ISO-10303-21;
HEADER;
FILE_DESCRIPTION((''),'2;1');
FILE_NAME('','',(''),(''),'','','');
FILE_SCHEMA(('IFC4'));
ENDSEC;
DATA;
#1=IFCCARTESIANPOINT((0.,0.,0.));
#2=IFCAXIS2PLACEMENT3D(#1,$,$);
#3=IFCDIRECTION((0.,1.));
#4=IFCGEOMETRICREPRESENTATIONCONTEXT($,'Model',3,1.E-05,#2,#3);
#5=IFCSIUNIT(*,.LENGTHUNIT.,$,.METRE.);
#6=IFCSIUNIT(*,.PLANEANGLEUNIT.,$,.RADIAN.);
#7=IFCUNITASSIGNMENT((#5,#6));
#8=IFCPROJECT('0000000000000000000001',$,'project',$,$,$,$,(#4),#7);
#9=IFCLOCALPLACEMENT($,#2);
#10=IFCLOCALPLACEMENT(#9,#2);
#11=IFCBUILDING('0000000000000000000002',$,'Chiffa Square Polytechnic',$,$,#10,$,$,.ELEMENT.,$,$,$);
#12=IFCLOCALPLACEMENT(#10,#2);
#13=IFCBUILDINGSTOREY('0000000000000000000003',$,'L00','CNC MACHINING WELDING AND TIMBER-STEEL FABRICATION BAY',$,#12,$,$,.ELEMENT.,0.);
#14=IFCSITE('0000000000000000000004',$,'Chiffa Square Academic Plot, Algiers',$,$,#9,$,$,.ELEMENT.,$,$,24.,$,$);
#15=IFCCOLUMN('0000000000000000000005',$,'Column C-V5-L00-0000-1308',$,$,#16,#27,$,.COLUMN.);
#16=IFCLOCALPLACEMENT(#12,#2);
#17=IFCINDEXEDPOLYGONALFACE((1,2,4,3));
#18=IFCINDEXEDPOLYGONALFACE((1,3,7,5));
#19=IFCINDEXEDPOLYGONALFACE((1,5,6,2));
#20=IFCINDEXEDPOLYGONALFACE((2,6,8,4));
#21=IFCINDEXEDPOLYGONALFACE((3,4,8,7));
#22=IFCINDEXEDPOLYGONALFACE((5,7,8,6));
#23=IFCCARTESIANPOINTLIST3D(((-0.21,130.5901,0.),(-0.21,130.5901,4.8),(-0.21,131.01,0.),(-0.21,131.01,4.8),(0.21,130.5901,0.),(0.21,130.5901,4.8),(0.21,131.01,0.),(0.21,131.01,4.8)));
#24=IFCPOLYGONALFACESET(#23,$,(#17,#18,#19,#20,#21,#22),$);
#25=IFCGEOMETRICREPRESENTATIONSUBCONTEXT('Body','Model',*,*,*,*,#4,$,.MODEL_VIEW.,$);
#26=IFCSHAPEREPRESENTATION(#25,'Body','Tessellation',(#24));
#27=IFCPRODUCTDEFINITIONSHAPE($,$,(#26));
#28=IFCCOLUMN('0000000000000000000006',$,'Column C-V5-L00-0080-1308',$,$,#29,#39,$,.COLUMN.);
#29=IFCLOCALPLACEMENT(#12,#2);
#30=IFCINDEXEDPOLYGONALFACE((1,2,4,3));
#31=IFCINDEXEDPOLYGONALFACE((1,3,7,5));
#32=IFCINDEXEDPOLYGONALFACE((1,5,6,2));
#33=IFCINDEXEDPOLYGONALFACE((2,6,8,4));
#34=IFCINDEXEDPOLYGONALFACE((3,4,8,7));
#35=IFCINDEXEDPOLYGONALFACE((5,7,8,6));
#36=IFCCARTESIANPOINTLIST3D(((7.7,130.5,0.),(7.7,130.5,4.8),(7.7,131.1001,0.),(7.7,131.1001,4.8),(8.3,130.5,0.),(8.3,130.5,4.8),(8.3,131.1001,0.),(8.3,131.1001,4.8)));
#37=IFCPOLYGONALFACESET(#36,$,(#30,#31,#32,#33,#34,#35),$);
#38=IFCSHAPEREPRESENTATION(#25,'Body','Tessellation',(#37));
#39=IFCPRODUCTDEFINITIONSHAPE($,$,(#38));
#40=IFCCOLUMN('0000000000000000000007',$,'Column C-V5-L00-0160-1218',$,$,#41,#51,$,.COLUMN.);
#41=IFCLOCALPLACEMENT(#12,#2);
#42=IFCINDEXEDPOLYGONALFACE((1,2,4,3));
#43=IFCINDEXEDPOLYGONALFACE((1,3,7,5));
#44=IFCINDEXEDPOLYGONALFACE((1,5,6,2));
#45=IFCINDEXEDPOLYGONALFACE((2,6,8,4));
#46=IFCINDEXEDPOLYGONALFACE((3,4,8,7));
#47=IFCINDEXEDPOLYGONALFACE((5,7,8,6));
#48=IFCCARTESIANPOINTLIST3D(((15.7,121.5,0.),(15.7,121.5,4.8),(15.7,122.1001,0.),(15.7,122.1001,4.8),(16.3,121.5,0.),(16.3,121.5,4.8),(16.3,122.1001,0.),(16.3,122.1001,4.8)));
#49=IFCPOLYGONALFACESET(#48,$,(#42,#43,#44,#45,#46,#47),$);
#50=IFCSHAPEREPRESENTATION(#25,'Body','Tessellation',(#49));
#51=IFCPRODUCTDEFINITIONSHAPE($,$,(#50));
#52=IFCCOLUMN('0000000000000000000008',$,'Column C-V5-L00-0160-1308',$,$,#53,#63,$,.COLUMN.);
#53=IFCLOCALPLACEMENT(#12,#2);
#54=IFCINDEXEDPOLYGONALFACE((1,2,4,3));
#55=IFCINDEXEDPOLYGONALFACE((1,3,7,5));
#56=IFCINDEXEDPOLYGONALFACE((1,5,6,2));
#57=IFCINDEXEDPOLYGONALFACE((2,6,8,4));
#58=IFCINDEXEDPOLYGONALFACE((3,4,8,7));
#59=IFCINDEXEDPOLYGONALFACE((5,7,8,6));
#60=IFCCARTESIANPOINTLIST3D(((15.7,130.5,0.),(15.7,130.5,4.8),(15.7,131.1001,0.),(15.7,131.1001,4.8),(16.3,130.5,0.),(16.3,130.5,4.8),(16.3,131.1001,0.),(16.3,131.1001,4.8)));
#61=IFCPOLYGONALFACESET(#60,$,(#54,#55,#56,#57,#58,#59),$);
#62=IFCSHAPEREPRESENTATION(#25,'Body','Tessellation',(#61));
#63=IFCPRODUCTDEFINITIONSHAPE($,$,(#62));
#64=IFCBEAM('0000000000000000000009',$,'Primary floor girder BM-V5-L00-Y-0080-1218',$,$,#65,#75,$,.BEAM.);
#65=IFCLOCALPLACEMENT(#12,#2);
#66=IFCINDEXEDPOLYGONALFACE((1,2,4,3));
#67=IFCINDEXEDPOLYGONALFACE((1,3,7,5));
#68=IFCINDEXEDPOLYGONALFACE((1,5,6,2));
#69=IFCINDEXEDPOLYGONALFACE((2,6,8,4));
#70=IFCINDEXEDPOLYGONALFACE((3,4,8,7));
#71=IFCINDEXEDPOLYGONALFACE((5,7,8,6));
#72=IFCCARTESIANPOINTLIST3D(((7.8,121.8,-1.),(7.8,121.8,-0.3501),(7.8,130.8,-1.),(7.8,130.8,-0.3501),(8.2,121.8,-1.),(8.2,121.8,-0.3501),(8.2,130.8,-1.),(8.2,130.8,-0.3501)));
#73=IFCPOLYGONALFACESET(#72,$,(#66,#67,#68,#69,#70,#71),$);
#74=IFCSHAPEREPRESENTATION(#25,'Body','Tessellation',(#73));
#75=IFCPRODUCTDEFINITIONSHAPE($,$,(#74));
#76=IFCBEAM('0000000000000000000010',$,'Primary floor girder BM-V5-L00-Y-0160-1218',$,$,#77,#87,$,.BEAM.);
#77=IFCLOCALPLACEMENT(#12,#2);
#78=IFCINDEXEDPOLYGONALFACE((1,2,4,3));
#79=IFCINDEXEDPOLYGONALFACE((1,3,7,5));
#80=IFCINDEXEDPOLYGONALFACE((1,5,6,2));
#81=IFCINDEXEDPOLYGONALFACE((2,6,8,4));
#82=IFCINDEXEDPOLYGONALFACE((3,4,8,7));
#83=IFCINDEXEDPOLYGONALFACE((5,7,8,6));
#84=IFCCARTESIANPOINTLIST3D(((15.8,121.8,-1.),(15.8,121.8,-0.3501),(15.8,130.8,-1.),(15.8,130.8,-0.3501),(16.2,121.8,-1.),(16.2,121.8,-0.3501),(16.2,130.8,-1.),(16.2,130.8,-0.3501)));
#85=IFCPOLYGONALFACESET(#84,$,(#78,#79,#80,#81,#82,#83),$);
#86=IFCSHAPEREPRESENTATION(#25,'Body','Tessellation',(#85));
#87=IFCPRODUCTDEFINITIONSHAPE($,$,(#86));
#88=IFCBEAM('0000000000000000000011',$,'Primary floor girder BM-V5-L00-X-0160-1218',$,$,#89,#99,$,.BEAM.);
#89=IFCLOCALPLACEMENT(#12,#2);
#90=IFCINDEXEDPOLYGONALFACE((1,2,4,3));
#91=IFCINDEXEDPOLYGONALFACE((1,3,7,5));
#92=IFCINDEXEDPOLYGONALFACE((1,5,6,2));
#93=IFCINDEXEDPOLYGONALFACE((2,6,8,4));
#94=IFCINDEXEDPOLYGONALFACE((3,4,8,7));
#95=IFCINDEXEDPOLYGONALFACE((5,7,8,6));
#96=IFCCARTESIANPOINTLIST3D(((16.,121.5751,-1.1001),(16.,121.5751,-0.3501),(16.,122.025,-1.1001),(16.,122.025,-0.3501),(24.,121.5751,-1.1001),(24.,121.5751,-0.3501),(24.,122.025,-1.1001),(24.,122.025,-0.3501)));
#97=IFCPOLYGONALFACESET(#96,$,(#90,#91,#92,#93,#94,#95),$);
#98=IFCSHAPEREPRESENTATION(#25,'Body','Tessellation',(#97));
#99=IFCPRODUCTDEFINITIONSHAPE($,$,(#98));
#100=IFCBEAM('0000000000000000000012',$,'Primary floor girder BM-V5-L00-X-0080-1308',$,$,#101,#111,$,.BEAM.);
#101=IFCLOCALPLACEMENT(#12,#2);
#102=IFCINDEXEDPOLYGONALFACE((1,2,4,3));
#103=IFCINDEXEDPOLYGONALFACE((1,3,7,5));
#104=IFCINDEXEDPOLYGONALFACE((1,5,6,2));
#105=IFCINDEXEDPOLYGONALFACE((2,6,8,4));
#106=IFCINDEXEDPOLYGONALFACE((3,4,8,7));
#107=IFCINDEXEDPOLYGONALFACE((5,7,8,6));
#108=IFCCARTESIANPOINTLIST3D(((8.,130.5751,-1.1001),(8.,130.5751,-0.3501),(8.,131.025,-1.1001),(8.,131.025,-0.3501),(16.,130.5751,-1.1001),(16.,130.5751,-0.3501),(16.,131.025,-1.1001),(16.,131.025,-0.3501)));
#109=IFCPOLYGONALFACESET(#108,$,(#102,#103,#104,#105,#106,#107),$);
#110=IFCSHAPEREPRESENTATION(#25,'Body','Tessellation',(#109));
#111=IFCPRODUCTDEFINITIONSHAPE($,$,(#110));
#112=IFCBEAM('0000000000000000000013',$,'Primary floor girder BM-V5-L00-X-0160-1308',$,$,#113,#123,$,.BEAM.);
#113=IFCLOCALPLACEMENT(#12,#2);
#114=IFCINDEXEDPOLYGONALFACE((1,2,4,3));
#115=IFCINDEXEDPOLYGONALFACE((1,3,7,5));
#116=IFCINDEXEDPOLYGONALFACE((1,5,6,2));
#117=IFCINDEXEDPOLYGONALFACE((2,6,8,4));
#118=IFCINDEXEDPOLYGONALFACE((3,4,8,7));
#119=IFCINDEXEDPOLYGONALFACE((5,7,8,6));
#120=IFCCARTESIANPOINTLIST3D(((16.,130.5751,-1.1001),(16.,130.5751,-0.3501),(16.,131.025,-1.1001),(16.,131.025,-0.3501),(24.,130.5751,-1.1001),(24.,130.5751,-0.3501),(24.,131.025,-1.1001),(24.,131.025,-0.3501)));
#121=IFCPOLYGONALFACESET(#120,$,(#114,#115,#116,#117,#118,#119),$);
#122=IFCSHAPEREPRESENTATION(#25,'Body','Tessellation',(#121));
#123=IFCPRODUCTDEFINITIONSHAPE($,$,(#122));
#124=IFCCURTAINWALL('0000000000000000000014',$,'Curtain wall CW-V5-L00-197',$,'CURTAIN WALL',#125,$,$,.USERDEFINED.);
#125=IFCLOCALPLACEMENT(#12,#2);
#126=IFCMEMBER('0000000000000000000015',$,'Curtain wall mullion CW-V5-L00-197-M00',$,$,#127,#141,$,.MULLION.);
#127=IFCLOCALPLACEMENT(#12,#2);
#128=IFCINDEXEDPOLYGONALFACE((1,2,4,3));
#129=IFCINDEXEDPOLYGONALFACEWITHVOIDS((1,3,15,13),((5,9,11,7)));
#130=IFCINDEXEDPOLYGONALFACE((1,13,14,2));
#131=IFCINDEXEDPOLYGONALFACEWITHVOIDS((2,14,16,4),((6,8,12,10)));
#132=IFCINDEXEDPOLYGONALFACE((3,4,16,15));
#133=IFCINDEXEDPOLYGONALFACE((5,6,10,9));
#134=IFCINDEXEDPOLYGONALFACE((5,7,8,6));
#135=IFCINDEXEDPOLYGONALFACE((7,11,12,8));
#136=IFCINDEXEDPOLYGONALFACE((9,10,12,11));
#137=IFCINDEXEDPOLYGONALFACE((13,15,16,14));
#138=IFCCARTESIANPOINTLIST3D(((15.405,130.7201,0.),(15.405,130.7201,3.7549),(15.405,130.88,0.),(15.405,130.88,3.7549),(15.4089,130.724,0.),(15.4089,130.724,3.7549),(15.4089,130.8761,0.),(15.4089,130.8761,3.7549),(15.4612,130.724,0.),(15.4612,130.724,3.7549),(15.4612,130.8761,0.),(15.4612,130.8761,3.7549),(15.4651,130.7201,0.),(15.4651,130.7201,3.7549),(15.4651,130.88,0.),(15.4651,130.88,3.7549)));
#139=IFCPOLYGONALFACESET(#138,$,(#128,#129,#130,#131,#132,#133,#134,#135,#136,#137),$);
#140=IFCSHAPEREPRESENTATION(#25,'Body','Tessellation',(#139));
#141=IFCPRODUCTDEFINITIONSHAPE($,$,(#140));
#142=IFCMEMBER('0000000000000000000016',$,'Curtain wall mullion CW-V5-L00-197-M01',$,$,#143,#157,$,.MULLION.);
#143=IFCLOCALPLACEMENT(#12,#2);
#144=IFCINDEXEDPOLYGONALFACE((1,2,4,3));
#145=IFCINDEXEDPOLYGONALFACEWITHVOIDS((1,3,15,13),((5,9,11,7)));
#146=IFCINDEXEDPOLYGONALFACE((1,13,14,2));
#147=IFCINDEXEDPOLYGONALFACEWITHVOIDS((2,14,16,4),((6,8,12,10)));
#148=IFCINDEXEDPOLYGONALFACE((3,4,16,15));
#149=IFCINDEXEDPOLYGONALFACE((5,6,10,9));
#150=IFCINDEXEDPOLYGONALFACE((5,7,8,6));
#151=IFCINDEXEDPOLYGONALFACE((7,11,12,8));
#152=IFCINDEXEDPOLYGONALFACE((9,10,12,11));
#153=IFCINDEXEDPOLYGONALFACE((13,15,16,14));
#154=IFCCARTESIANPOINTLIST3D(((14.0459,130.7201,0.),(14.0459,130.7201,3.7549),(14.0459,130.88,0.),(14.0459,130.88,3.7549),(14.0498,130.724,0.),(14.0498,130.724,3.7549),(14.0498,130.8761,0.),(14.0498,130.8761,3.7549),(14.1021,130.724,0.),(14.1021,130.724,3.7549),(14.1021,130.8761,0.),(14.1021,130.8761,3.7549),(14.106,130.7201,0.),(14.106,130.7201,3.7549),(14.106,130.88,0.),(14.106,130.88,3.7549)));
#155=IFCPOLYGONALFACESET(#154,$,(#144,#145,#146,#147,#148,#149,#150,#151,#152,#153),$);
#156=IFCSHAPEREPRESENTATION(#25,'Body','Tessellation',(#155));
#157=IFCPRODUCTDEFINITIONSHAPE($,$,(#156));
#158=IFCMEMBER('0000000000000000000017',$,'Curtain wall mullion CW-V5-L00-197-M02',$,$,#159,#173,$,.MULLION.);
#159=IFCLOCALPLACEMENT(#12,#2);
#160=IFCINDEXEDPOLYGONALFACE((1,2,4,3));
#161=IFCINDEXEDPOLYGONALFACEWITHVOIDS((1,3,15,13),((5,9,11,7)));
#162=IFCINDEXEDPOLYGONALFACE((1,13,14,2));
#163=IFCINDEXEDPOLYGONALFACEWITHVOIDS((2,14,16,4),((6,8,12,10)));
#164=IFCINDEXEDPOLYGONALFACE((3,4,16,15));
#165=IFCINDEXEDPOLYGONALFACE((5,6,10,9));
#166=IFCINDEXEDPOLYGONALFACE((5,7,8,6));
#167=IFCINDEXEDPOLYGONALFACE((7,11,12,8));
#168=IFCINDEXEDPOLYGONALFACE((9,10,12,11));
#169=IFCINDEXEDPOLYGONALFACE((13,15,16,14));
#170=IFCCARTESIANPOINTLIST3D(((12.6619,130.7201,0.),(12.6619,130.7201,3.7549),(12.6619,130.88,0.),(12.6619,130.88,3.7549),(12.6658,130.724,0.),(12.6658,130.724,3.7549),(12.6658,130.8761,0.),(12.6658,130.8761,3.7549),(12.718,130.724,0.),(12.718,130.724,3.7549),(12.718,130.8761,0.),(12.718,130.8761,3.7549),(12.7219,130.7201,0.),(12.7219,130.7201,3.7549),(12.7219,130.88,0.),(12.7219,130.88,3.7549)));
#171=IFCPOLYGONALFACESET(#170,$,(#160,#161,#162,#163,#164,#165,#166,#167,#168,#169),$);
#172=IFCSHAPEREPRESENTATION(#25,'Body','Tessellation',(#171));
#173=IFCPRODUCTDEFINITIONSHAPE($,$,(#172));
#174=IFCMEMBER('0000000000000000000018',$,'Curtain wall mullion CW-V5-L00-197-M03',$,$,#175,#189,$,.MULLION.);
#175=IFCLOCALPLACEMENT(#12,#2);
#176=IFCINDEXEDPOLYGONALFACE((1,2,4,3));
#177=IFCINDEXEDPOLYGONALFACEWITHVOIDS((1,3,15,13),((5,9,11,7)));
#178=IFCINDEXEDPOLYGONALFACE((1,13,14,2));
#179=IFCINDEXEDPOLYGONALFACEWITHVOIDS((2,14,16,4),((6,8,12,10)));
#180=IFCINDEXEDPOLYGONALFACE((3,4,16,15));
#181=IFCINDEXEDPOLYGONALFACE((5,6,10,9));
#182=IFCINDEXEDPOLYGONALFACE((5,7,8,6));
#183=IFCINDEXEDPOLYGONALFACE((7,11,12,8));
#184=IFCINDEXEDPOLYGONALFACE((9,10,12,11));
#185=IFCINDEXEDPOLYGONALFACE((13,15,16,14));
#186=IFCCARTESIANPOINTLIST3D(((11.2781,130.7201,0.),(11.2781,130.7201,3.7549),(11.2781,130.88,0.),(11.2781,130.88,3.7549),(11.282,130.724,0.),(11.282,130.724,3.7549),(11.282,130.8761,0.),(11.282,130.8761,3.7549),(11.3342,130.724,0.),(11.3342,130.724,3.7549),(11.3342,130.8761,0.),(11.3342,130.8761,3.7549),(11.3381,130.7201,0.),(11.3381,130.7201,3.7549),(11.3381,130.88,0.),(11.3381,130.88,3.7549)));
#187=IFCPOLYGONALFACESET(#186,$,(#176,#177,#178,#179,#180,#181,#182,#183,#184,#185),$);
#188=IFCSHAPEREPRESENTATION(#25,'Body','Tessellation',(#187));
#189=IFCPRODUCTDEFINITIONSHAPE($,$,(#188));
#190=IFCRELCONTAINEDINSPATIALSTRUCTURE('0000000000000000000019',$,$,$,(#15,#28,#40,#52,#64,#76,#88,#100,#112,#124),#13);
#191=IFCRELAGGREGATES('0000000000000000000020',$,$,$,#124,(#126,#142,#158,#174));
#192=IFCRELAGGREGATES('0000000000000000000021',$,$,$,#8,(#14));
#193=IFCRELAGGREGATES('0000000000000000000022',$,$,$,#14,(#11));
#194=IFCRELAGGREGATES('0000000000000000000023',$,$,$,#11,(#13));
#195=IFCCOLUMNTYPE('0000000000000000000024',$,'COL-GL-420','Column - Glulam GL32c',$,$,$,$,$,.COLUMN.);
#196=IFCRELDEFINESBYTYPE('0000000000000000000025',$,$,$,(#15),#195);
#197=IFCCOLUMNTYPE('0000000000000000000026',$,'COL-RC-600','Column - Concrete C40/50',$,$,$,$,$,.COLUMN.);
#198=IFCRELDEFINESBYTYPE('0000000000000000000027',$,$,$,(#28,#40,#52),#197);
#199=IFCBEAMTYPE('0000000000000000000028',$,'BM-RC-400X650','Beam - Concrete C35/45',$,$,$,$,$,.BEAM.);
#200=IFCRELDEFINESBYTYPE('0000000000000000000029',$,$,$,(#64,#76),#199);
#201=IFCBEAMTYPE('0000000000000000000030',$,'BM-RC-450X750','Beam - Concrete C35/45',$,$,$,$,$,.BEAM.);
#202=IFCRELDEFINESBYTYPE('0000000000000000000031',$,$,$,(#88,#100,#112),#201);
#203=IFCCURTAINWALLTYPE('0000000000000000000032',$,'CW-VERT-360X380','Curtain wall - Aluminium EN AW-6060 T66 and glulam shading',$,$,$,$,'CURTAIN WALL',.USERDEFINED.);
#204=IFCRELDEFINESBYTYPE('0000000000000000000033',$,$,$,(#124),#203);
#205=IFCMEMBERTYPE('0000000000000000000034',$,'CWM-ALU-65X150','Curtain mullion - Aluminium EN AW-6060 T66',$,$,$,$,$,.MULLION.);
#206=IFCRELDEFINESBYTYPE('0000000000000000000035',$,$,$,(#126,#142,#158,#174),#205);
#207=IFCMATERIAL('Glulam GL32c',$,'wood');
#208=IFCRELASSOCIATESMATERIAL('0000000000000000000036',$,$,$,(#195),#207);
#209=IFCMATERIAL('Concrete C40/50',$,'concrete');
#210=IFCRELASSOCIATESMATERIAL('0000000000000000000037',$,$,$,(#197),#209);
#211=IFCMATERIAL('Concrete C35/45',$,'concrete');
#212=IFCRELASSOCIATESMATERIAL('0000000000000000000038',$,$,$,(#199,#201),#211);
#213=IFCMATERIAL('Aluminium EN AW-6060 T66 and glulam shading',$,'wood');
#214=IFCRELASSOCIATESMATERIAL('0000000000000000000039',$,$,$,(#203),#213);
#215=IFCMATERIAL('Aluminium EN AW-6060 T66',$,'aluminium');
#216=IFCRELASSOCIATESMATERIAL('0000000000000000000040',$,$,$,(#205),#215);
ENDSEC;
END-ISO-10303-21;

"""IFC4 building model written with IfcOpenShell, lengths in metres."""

from ifc_helpers import new_model, si_unit, direction, frame, origin, origin_2d, place, context, subcontext, project, spatial, rectangle, hollow_rectangle, extrude, material, material_profile, profile_set, type_object, element, aggregate, save


model = new_model("IFC4")

# Units and contexts
model_context = context("Model", 3, precision=1e-05, world=origin(), true_north=direction((0.0, 1.0)))
body_context = subcontext(model_context, "Body", "Model", "MODEL_VIEW")
ifc_project = project(units=[si_unit("LENGTHUNIT", "METRE"), si_unit("PLANEANGLEUNIT", "RADIAN")], contexts=[model_context])

# Site, building, storey
site_placement = place(None, origin())
site = spatial("IfcSite", under=ifc_project, at=site_placement, Name="Chiffa Square Academic Plot, Algiers", CompositionType="ELEMENT", RefElevation=24.0)
building_placement = place(site_placement, origin())
building = spatial("IfcBuilding", under=site, at=building_placement, Name="Chiffa Square Polytechnic", CompositionType="ELEMENT")
storey_placement = place(building_placement, origin())
storey = spatial("IfcBuildingStorey", under=building, at=storey_placement, Name="L00", Description="CNC MACHINING WELDING AND TIMBER-STEEL FABRICATION BAY", CompositionType="ELEMENT", Elevation=0.0)

# Columns
ifc_material_1 = material(Name="Glulam GL32c", Category="wood")
ifc_material_profile_1 = material_profile(ifc_material_1, rectangle(XDim=0.4199, YDim=0.4199, at=origin_2d()), Name="GL32c 420x420")
ifc_profile_set_1 = profile_set([ifc_material_profile_1], Name="Glulam GL32c")
column_type_1 = type_object("IfcColumnType", Name="COL-GL-420", Description="Column - Glulam GL32c", PredefinedType="COLUMN", material=ifc_profile_set_1)
column_placement = place(storey_placement, frame((0.0, 130.8, 0.0), z_axis=(0.0, 0.0, 1.0), x_axis=(1.0, 0.0, 0.0)))
element("IfcColumn", 1, at=column_placement, inside=storey, type_object=column_type_1, Name="Column C-V5-L00-0000-1308", PredefinedType="COLUMN", context=body_context, shape_type="SweptSolid", body=[
    extrude(rectangle(XDim=0.4199, YDim=0.4199, at=origin_2d()), origin(), (0.0, 0.0, 1.0), 4.8),
])
ifc_material_2 = material(Name="Concrete C40/50", Category="concrete")
ifc_material_profile_2 = material_profile(ifc_material_2, rectangle(XDim=0.6001, YDim=0.6001, at=origin_2d()), Name="RC 600x600")
ifc_profile_set_2 = profile_set([ifc_material_profile_2], Name="Concrete C40/50")
column_type_2 = type_object("IfcColumnType", Name="COL-RC-600", Description="Column - Concrete C40/50", PredefinedType="COLUMN", material=ifc_profile_set_2)
for number, where, z_axis, x_axis, name in (
    (2, (8.0, 130.8, 0.0), (0.0, 0.0, 1.0), (1.0, 0.0, 0.0), "Column C-V5-L00-0080-1308"),
    (3, (16.0, 121.8, 0.0), (0.0, 0.0, 1.0), (1.0, 0.0, 0.0), "Column C-V5-L00-0160-1218"),
    (4, (16.0, 130.8, 0.0), (0.0, 0.0, 1.0), (1.0, 0.0, 0.0), "Column C-V5-L00-0160-1308"),
):
    element("IfcColumn", number, at=place(storey_placement, frame(where, z_axis=z_axis, x_axis=x_axis)), inside=storey, type_object=column_type_2, Name=name, PredefinedType="COLUMN", context=body_context, shape_type="SweptSolid", body=[
        extrude(rectangle(XDim=0.6001, YDim=0.6001, at=origin_2d()), origin(), (0.0, 0.0, 1.0), 4.8),
    ])

# Beams
ifc_material_3 = material(Name="Concrete C35/45", Category="concrete")
ifc_material_profile_3 = material_profile(ifc_material_3, rectangle(XDim=0.3999, YDim=0.6499, at=origin_2d()), Name="RC 400x650")
ifc_profile_set_3 = profile_set([ifc_material_profile_3], Name="Concrete C35/45")
beam_type_1 = type_object("IfcBeamType", Name="BM-RC-400X650", Description="Beam - Concrete C35/45", PredefinedType="BEAM", material=ifc_profile_set_3)
for number, where, z_axis, x_axis, name in (
    (5, (8.0, 121.8, -0.675), (0.0, 1.0, 0.0), (-1.0, 0.0, 0.0), "Primary floor girder BM-V5-L00-Y-0080-1218"),
    (6, (16.0, 121.8, -0.675), (0.0, 1.0, 0.0), (-1.0, 0.0, 0.0), "Primary floor girder BM-V5-L00-Y-0160-1218"),
):
    element("IfcBeam", number, at=place(storey_placement, frame(where, z_axis=z_axis, x_axis=x_axis)), inside=storey, type_object=beam_type_1, Name=name, PredefinedType="BEAM", context=body_context, shape_type="SweptSolid", body=[
        extrude(rectangle(XDim=0.3999, YDim=0.6499, at=origin_2d()), origin(), (0.0, 0.0, 1.0), 9.0),
    ])
ifc_material_profile_4 = material_profile(ifc_material_3, rectangle(XDim=0.45, YDim=0.75, at=origin_2d()), Name="RC 450x750")
ifc_profile_set_4 = profile_set([ifc_material_profile_4], Name="Concrete C35/45")
beam_type_2 = type_object("IfcBeamType", Name="BM-RC-450X750", Description="Beam - Concrete C35/45", PredefinedType="BEAM", material=ifc_profile_set_4)
for number, where, z_axis, x_axis, name in (
    (7, (16.0, 121.8, -0.7251), (1.0, 0.0, 0.0), (0.0, 1.0, 0.0), "Primary floor girder BM-V5-L00-X-0160-1218"),
    (8, (8.0, 130.8, -0.7251), (1.0, 0.0, 0.0), (0.0, 1.0, 0.0), "Primary floor girder BM-V5-L00-X-0080-1308"),
    (9, (16.0, 130.8, -0.7251), (1.0, 0.0, 0.0), (0.0, 1.0, 0.0), "Primary floor girder BM-V5-L00-X-0160-1308"),
):
    element("IfcBeam", number, at=place(storey_placement, frame(where, z_axis=z_axis, x_axis=x_axis)), inside=storey, type_object=beam_type_2, Name=name, PredefinedType="BEAM", context=body_context, shape_type="SweptSolid", body=[
        extrude(rectangle(XDim=0.45, YDim=0.75, at=origin_2d()), origin(), (0.0, 0.0, 1.0), 8.0),
    ])

# Curtain wall, members
ifc_material_4 = material(Name="Aluminium EN AW-6060 T66 and glulam shading", Category="wood")
curtain_wall_type = type_object("IfcCurtainWallType", Name="CW-VERT-360X380", Description="Curtain wall - Aluminium EN AW-6060 T66 and glulam shading", ElementType="CURTAIN WALL", PredefinedType="USERDEFINED", material=ifc_material_4)
curtain_wall_placement = place(storey_placement, origin())
curtain_wall = element("IfcCurtainWall", 10, at=curtain_wall_placement, inside=storey, type_object=curtain_wall_type, Name="Curtain wall CW-V5-L00-197", ObjectType="CURTAIN WALL", PredefinedType="USERDEFINED")
ifc_material_5 = material(Name="Aluminium EN AW-6060 T66", Category="aluminium")
ifc_material_profile_5 = material_profile(ifc_material_5, hollow_rectangle(XDim=0.0601, YDim=0.1599, WallThickness=0.0039, at=origin_2d()), Name="ALU 60x160x4")
ifc_profile_set_5 = profile_set([ifc_material_profile_5], Name="Aluminium EN AW-6060 T66")
member_type_1 = type_object("IfcMemberType", Name="CWM-ALU-65X150", Description="Curtain mullion - Aluminium EN AW-6060 T66", PredefinedType="MULLION", material=ifc_profile_set_5)
member_1_placement = place(storey_placement, frame((15.4351, 130.8, 0.0), z_axis=(0.0, 0.0, 1.0), x_axis=(1.0, 0.0, 0.0)))
member_1 = element("IfcMember", 11, at=member_1_placement, type_object=member_type_1, Name="Curtain wall mullion CW-V5-L00-197-M00", PredefinedType="MULLION", context=body_context, shape_type="SweptSolid", body=[
    extrude(hollow_rectangle(XDim=0.0601, YDim=0.1599, WallThickness=0.0039, at=origin_2d()), origin(), (0.0, 0.0, 1.0), 3.7549),
])
member_2_placement = place(storey_placement, frame((14.0759, 130.8, 0.0), z_axis=(0.0, 0.0, 1.0), x_axis=(1.0, 0.0, 0.0)))
member_2 = element("IfcMember", 12, at=member_2_placement, type_object=member_type_1, Name="Curtain wall mullion CW-V5-L00-197-M01", PredefinedType="MULLION", context=body_context, shape_type="SweptSolid", body=[
    extrude(hollow_rectangle(XDim=0.0601, YDim=0.1599, WallThickness=0.0039, at=origin_2d()), origin(), (0.0, 0.0, 1.0), 3.7549),
])
member_3_placement = place(storey_placement, frame((12.6919, 130.8, 0.0), z_axis=(0.0, 0.0, 1.0), x_axis=(1.0, 0.0, 0.0)))
member_3 = element("IfcMember", 13, at=member_3_placement, type_object=member_type_1, Name="Curtain wall mullion CW-V5-L00-197-M02", PredefinedType="MULLION", context=body_context, shape_type="SweptSolid", body=[
    extrude(hollow_rectangle(XDim=0.0601, YDim=0.1599, WallThickness=0.0039, at=origin_2d()), origin(), (0.0, 0.0, 1.0), 3.7549),
])
member_4_placement = place(storey_placement, frame((11.3081, 130.8, 0.0), z_axis=(0.0, 0.0, 1.0), x_axis=(1.0, 0.0, 0.0)))
member_4 = element("IfcMember", 14, at=member_4_placement, type_object=member_type_1, Name="Curtain wall mullion CW-V5-L00-197-M03", PredefinedType="MULLION", context=body_context, shape_type="SweptSolid", body=[
    extrude(hollow_rectangle(XDim=0.0601, YDim=0.1599, WallThickness=0.0039, at=origin_2d()), origin(), (0.0, 0.0, 1.0), 3.7549),
])

aggregate(curtain_wall, [member_1, member_2, member_3, member_4])

save(model, "model.ifc")
